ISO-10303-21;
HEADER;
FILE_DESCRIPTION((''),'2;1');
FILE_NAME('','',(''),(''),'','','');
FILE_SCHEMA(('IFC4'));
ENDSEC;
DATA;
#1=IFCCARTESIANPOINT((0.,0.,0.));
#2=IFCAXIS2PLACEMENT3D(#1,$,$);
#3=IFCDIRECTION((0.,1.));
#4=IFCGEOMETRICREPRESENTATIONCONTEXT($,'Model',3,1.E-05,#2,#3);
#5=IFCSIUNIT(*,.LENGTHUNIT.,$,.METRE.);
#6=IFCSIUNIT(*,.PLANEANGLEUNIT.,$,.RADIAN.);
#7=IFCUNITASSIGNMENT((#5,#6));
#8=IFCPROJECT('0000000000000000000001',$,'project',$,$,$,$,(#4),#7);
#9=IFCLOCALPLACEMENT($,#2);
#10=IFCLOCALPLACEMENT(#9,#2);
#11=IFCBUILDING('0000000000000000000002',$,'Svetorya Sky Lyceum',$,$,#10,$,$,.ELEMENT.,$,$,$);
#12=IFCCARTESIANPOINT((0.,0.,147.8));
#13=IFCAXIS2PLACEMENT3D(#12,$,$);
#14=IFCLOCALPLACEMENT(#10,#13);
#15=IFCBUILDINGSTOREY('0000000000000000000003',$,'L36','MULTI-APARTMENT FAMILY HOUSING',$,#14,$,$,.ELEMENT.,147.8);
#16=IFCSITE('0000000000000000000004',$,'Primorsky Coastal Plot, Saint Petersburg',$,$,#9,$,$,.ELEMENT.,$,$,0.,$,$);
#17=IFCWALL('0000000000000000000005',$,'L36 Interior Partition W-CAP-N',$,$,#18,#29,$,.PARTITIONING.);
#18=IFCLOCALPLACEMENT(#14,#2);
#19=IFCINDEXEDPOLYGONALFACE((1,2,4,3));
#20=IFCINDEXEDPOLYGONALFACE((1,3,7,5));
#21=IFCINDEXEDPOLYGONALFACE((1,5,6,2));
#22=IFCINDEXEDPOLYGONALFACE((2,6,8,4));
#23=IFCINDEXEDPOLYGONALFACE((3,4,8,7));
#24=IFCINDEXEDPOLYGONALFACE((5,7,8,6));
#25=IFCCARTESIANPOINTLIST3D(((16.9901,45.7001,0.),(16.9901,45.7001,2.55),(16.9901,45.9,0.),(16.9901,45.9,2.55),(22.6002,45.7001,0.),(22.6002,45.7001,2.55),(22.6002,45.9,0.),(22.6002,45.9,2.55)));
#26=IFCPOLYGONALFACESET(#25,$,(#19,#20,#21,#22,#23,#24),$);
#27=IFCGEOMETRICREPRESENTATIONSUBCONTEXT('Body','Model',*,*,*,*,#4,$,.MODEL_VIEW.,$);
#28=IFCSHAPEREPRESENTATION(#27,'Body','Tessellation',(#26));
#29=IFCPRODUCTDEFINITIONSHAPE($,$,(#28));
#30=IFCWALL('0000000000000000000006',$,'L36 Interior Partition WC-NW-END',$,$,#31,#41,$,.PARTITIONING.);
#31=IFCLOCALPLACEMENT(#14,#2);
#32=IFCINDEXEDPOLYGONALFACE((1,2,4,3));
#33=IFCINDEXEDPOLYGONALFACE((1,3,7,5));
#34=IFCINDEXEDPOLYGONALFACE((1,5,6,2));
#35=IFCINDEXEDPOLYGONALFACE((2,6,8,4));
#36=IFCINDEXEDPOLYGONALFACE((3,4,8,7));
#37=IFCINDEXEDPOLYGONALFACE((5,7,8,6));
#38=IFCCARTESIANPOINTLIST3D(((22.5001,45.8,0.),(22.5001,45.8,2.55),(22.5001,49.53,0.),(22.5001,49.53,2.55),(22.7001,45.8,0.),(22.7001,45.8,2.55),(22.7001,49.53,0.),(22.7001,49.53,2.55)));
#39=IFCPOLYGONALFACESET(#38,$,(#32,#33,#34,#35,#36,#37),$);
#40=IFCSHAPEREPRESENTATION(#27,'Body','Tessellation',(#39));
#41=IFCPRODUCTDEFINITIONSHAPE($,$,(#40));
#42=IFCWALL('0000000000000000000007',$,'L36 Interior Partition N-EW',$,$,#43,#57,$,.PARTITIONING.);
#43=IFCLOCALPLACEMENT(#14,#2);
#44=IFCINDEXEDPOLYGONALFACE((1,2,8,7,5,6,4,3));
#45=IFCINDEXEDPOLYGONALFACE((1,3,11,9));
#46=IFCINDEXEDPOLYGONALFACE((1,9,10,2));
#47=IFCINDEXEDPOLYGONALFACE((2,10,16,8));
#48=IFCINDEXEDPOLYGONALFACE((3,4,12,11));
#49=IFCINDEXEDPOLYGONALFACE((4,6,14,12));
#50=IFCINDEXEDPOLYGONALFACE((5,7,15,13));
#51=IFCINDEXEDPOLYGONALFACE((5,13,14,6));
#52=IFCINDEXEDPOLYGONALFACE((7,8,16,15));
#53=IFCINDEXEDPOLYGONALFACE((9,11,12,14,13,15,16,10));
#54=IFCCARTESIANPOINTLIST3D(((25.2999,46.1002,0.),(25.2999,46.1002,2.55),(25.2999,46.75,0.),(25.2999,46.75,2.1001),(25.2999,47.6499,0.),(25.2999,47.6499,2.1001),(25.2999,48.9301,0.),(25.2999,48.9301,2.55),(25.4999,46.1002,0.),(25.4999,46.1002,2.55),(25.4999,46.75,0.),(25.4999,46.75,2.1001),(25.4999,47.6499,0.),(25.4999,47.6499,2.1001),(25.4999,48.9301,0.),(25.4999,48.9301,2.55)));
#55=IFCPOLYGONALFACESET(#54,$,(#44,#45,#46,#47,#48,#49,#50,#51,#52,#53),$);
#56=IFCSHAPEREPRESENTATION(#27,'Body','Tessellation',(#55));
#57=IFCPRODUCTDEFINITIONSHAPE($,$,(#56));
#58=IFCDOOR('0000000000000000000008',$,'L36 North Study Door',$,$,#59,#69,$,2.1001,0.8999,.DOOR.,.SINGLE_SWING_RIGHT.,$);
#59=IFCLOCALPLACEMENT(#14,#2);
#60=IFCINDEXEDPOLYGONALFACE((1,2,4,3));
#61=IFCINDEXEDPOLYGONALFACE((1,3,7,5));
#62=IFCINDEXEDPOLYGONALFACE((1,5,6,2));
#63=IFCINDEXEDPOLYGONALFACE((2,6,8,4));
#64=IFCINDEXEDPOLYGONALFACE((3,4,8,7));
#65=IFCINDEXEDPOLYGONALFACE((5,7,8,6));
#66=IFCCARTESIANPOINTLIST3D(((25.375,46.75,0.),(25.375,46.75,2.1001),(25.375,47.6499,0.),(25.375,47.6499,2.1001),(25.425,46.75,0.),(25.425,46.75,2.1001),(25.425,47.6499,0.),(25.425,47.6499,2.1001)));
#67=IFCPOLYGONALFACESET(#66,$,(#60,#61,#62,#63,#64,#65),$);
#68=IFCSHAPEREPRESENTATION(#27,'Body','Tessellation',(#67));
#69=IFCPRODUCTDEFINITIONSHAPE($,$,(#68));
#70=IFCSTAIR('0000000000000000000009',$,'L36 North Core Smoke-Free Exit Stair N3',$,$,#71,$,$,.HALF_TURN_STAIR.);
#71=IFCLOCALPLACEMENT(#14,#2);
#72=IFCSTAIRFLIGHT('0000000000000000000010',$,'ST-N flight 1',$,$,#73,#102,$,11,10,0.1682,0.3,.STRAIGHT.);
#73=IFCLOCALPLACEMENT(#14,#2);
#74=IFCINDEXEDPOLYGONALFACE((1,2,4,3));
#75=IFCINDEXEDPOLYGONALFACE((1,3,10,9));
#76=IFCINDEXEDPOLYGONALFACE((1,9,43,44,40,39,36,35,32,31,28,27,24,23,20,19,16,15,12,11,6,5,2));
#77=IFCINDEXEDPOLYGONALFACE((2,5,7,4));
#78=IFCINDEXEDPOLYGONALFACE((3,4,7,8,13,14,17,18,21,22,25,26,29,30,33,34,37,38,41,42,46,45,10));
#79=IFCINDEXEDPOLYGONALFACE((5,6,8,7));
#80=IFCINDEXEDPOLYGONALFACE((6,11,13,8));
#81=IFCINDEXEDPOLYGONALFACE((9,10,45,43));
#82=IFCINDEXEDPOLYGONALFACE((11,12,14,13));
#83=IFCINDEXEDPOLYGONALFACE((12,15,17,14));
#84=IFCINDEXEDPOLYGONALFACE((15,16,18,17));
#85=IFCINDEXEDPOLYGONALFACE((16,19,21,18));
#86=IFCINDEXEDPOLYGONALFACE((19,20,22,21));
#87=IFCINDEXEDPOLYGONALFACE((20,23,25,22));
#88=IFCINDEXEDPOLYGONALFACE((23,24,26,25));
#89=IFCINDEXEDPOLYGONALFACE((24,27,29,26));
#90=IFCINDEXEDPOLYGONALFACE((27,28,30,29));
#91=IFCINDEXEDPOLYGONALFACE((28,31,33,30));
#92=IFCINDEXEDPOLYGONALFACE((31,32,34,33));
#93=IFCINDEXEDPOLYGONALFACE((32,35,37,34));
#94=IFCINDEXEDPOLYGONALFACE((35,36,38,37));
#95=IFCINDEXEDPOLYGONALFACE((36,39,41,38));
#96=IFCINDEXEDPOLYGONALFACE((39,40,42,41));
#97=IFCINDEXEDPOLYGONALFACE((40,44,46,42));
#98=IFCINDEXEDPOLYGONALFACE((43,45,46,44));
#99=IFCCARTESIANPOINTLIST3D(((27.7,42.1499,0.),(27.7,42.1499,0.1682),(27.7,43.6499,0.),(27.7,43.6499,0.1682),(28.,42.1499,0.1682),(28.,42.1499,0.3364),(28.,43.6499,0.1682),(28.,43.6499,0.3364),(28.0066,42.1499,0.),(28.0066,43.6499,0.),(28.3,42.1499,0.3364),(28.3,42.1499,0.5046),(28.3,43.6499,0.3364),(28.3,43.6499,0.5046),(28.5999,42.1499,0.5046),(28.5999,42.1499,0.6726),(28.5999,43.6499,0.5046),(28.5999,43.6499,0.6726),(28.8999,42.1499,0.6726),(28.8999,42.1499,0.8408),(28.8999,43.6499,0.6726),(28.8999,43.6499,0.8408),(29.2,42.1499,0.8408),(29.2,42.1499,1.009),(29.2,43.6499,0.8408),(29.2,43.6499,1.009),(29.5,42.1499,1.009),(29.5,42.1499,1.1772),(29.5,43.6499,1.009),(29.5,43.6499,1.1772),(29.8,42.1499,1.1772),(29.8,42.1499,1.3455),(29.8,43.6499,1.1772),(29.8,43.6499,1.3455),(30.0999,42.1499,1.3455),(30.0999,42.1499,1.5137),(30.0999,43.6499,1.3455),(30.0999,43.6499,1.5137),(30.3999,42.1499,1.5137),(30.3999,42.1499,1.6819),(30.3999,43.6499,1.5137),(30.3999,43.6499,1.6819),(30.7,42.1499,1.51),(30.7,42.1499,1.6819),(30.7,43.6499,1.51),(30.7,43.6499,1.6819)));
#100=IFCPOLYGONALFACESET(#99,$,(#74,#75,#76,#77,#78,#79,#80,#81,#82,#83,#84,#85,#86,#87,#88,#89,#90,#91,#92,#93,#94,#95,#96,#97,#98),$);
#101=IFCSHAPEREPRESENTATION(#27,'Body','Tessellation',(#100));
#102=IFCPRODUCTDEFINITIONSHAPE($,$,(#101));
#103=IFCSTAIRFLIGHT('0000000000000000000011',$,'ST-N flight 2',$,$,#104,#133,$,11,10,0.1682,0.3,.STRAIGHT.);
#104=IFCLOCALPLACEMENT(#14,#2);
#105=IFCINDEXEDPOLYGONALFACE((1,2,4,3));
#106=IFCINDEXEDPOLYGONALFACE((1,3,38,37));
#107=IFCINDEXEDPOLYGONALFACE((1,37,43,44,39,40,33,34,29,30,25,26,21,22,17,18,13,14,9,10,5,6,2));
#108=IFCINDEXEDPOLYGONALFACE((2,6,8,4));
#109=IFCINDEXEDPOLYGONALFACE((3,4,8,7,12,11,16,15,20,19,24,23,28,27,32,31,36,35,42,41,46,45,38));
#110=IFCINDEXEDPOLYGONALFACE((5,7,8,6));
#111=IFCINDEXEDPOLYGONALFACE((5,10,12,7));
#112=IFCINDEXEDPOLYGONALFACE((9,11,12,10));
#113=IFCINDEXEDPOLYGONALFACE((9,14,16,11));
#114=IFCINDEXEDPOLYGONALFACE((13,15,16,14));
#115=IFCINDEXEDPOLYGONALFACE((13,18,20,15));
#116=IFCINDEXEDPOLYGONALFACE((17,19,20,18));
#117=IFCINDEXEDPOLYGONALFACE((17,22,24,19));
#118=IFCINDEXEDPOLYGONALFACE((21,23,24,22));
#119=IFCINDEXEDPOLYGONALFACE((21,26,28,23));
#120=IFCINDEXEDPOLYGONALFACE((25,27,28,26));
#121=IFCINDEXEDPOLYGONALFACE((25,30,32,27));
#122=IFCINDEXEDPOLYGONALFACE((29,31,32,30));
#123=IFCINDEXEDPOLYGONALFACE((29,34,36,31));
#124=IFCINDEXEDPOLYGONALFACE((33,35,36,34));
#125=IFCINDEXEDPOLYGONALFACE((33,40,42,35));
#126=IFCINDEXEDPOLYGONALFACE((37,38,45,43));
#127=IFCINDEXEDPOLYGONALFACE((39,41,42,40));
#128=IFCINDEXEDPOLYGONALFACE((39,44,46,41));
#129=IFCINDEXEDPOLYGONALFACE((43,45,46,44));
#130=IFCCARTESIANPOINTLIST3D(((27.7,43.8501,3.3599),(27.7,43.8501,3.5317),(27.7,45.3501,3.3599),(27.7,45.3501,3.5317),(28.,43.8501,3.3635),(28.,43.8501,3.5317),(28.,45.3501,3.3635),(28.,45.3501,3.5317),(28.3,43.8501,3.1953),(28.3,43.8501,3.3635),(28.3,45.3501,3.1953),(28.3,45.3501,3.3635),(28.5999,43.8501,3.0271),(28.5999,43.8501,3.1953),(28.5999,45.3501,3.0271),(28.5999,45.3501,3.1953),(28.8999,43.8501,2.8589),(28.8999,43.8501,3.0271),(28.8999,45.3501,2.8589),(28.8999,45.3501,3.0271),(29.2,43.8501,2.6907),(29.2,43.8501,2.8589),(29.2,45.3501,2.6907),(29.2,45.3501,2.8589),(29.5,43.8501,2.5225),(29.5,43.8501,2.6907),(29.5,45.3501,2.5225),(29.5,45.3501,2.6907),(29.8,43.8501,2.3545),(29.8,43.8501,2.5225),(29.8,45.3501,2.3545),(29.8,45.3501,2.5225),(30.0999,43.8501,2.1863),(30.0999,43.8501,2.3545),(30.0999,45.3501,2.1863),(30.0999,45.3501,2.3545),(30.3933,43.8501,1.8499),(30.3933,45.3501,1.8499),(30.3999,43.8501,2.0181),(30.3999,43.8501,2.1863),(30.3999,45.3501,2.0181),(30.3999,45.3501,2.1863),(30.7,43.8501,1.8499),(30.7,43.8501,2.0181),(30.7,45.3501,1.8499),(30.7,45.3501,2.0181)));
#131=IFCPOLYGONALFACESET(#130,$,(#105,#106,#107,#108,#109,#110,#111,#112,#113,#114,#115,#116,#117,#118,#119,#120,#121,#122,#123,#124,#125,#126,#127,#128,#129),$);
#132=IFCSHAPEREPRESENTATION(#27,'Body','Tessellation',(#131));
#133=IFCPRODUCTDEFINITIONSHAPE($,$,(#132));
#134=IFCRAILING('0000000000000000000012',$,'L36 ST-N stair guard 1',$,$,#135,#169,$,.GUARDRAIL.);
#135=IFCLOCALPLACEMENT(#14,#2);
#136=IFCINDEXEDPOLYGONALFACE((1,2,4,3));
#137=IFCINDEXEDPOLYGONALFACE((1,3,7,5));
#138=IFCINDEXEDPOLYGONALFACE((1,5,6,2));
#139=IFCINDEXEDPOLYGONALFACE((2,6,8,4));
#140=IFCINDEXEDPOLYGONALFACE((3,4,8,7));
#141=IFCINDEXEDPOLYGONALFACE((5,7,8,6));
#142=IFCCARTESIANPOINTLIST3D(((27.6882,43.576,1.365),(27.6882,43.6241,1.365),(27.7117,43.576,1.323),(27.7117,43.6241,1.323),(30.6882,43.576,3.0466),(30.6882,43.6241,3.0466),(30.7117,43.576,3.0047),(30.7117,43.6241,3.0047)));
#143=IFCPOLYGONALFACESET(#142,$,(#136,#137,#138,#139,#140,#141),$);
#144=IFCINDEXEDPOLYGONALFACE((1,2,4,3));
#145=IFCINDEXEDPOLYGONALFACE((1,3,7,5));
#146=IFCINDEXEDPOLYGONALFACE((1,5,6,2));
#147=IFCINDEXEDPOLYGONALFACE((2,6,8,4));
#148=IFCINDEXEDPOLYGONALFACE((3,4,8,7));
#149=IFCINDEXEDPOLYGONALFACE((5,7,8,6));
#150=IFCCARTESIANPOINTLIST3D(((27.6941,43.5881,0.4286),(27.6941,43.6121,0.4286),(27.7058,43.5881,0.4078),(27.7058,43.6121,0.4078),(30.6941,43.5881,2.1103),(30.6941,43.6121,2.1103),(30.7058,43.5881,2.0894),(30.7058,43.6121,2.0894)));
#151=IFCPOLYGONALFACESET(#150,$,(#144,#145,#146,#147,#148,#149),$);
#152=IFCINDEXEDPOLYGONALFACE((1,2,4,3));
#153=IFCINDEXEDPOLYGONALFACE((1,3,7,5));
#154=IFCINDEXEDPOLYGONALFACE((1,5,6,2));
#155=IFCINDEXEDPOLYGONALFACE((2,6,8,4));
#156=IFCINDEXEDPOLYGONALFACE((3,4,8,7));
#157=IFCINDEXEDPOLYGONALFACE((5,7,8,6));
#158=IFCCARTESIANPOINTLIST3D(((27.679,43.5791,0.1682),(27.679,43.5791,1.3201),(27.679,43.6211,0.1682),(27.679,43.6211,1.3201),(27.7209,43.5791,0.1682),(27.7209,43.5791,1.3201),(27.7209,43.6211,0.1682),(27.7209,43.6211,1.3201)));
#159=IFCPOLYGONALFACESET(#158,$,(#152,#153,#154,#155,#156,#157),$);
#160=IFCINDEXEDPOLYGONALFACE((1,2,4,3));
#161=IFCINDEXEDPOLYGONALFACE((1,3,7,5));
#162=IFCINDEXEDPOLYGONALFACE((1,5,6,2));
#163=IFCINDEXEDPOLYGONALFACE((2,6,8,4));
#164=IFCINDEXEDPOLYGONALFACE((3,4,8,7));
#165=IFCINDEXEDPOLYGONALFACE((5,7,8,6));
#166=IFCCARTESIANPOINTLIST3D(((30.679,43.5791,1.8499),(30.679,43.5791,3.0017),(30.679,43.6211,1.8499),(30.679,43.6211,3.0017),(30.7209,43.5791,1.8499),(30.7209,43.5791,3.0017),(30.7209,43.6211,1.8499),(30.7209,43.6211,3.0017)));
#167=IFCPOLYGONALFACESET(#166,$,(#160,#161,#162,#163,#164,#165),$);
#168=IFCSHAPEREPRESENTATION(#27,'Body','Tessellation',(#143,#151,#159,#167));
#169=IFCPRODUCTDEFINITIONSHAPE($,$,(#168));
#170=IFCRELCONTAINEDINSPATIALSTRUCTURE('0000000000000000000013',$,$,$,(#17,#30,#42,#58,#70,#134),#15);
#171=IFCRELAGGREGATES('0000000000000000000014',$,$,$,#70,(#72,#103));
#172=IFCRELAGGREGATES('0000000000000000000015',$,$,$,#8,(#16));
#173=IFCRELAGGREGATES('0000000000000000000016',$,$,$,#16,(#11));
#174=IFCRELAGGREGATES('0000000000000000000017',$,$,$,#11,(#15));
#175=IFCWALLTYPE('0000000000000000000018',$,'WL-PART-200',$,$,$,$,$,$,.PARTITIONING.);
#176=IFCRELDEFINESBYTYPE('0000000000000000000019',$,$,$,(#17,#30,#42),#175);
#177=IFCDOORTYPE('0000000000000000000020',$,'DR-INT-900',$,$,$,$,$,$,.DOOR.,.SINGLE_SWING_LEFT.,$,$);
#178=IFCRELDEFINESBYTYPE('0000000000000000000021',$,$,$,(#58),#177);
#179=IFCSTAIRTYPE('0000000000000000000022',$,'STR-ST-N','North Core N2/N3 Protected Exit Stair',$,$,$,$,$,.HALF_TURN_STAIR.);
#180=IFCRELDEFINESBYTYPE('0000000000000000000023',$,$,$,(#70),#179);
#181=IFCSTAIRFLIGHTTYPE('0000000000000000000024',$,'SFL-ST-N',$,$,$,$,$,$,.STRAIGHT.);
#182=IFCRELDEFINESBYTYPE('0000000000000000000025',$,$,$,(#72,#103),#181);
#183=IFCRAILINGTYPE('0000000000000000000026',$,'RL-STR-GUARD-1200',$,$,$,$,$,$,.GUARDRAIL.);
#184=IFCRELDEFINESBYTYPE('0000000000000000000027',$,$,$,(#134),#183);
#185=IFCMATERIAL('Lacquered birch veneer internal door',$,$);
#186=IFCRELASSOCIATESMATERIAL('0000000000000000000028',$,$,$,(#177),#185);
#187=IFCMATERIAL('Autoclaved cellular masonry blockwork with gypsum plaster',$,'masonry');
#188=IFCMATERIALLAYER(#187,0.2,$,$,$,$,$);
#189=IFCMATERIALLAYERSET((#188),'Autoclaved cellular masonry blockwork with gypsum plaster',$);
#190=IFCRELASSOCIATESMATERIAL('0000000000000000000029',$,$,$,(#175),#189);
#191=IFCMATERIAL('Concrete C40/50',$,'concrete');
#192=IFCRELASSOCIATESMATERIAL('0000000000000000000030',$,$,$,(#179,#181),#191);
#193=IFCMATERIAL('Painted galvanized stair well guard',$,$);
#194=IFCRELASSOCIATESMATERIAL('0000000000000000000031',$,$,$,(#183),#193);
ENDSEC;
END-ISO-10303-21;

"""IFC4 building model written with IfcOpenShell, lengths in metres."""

from ifc_helpers import new_model, si_unit, direction, frame, frame_2d, origin, origin_2d, place, context, subcontext, project, spatial, polyline, rectangle, outline, extrude, material, layer, layer_set, type_object, element, fill, aggregate, save


model = new_model("IFC4")

# Units and contexts
model_context = context("Model", 3, precision=1e-05, world=origin(), true_north=direction((0.0, 1.0)))
body_context = subcontext(model_context, "Body", "Model", "MODEL_VIEW")
ifc_project = project(units=[si_unit("LENGTHUNIT", "METRE"), si_unit("PLANEANGLEUNIT", "RADIAN")], contexts=[model_context])

# Site, building, storey
site_placement = place(None, origin())
site = spatial("IfcSite", under=ifc_project, at=site_placement, Name="Primorsky Coastal Plot, Saint Petersburg", CompositionType="ELEMENT", RefElevation=0.0)
building_placement = place(site_placement, origin())
building = spatial("IfcBuilding", under=site, at=building_placement, Name="Svetorya Sky Lyceum", CompositionType="ELEMENT")
storey_placement = place(building_placement, frame((0.0, 0.0, 147.8)))
storey = spatial("IfcBuildingStorey", under=building, at=storey_placement, Name="L36", Description="MULTI-APARTMENT FAMILY HOUSING", CompositionType="ELEMENT", Elevation=147.8)

# Shared definitions
ifc_material_1 = material(Name="Concrete C40/50", Category="concrete")

# Shared definitions
ifc_material_2 = material(Name="Lacquered birch veneer internal door")
door_type = type_object("IfcDoorType", Name="DR-INT-900", OperationType="SINGLE_SWING_LEFT", PredefinedType="DOOR", material=ifc_material_2)

# Walls
ifc_material_3 = material(Name="Autoclaved cellular masonry blockwork with gypsum plaster", Category="masonry")
ifc_layer_1 = layer(ifc_material_3, 0.2)
ifc_layer_set_1 = layer_set([ifc_layer_1], Name="Autoclaved cellular masonry blockwork with gypsum plaster")
wall_type_1 = type_object("IfcWallType", Name="WL-PART-200", PredefinedType="PARTITIONING", material=ifc_layer_set_1)
wall_1_placement = place(storey_placement, frame((16.99, 45.8, 0.0), z_axis=(0.0, 0.0, 1.0), x_axis=(1.0, 0.0, 0.0)))
element("IfcWall", 1, at=wall_1_placement, inside=storey, type_object=wall_type_1, Name="L36 Interior Partition W-CAP-N", PredefinedType="PARTITIONING", context=body_context, shape_type="SweptSolid", body=[
    extrude(rectangle(XDim=5.6101, YDim=0.2, at=frame_2d((2.8052, 0.0))), origin(), (0.0, 0.0, 1.0), 2.55),
])
wall_2_placement = place(storey_placement, frame((22.6001, 45.8, 0.0), z_axis=(0.0, 0.0, 1.0), x_axis=(0.0, 1.0, 0.0)))
element("IfcWall", 2, at=wall_2_placement, inside=storey, type_object=wall_type_1, Name="L36 Interior Partition WC-NW-END", PredefinedType="PARTITIONING", context=body_context, shape_type="SweptSolid", body=[
    extrude(rectangle(XDim=3.73, YDim=0.2, at=frame_2d((1.865, 0.0))), origin(), (0.0, 0.0, 1.0), 2.55),
])

# Wall, opening, door
wall_3_placement = place(storey_placement, frame((25.3999, 46.1001, 0.0), z_axis=(0.0, 0.0, 1.0), x_axis=(0.0, 1.0, 0.0)))
wall_3 = element("IfcWall", 3, at=wall_3_placement, inside=storey, type_object=wall_type_1, Name="L36 Interior Partition N-EW", PredefinedType="PARTITIONING", context=body_context, shape_type="SweptSolid", body=[
    extrude(rectangle(XDim=2.8298, YDim=0.2, at=frame_2d((1.415, 0.0))), origin(), (0.0, 0.0, 1.0), 2.55),
])
opening_1_placement = place(wall_3_placement, frame((0.6499, 0.0, 0.0)))
opening_1 = element("IfcOpeningElement", 4, at=opening_1_placement, cuts=wall_3, PredefinedType="OPENING", context=body_context, shape_type="SweptSolid", body=[
    extrude(rectangle(XDim=0.8999, YDim=2.1001, at=frame_2d((0.45, 1.05))), frame((0.0, 0.1099, 0.0), z_axis=(0.0, -1.0, 0.0), x_axis=(1.0, 0.0, 0.0)), (0.0, 0.0, 1.0), 0.22),
])
door_1_placement = place(opening_1_placement, origin())
door_1 = element("IfcDoor", 5, at=door_1_placement, inside=storey, type_object=door_type, Name="L36 North Study Door", OperationType="SINGLE_SWING_RIGHT", OverallHeight=2.1001, OverallWidth=0.8999, PredefinedType="DOOR", context=body_context, shape_type="SweptSolid", body=[
    extrude(rectangle(XDim=0.8999, YDim=2.1001, at=frame_2d((0.45, 1.05))), frame((0.0, 0.0249, 0.0), z_axis=(0.0, -1.0, 0.0), x_axis=(1.0, 0.0, 0.0)), (0.0, 0.0, 1.0), 0.05),
])
fill(opening_1, door_1)

# Stair, stair flights
stair_type = type_object("IfcStairType", Name="STR-ST-N", Description="North Core N2/N3 Protected Exit Stair", PredefinedType="HALF_TURN_STAIR", material=ifc_material_1)
stair_placement = place(storey_placement, origin())
stair = element("IfcStair", 6, at=stair_placement, inside=storey, type_object=stair_type, Name="L36 North Core Smoke-Free Exit Stair N3", PredefinedType="HALF_TURN_STAIR")
stair_flight_type = type_object("IfcStairFlightType", Name="SFL-ST-N", PredefinedType="STRAIGHT", material=ifc_material_1)
stair_flight_1_placement = place(storey_placement, frame((27.7, 42.8999, 0.0), z_axis=(0.0, 0.0, 1.0), x_axis=(1.0, 0.0, 0.0)))
stair_flight_1 = element("IfcStairFlight", 7, at=stair_flight_1_placement, type_object=stair_flight_type, Name="ST-N flight 1", NumberOfRisers=11, NumberOfTreads=10, PredefinedType="STRAIGHT", RiserHeight=0.1682, TreadLength=0.3, context=body_context, shape_type="SweptSolid", body=[
    extrude(outline(polyline([(0.0, 0.0), (0.0, 0.1682), (0.3, 0.1682), (0.3, 0.3364), (0.6001, 0.3364), (0.6001, 0.5046), (0.8999, 0.5046), (0.8999, 0.6726), (1.2, 0.6726), (1.2, 0.8408), (1.5, 0.8408), (1.5, 1.009), (1.8, 1.009), (1.8, 1.1772), (2.1001, 1.1772), (2.1001, 1.3455), (2.3999, 1.3455), (2.3999, 1.5137), (2.7, 1.5137), (2.7, 1.6819), (3.0, 1.6819), (3.0, 1.8501), (3.0, 1.51), (0.3066, 0.0), (0.0, 0.0)])), frame((0.0, 0.75, 0.0), z_axis=(0.0, -1.0, 0.0), x_axis=(1.0, 0.0, 0.0)), (0.0, 0.0, 1.0), 1.5),
])
stair_flight_2_placement = place(storey_placement, frame((30.7, 44.6001, 1.8499), z_axis=(0.0, 0.0, 1.0), x_axis=(-1.0, 0.0, 0.0)))
stair_flight_2 = element("IfcStairFlight", 8, at=stair_flight_2_placement, type_object=stair_flight_type, Name="ST-N flight 2", NumberOfRisers=11, NumberOfTreads=10, PredefinedType="STRAIGHT", RiserHeight=0.1682, TreadLength=0.3, context=body_context, shape_type="SweptSolid", body=[
    extrude(outline(polyline([(0.0, 0.0), (0.0, 0.1682), (0.3, 0.1682), (0.3, 0.3364), (0.6001, 0.3364), (0.6001, 0.5046), (0.8999, 0.5046), (0.8999, 0.6726), (1.2, 0.6726), (1.2, 0.8408), (1.5, 0.8408), (1.5, 1.009), (1.8, 1.009), (1.8, 1.1772), (2.1001, 1.1772), (2.1001, 1.3455), (2.3999, 1.3455), (2.3999, 1.5137), (2.7, 1.5137), (2.7, 1.6819), (3.0, 1.6819), (3.0, 1.8501), (3.0, 1.51), (0.3066, 0.0), (0.0, 0.0)])), frame((0.0, 0.75, 0.0), z_axis=(0.0, -1.0, 0.0), x_axis=(1.0, 0.0, 0.0)), (0.0, 0.0, 1.0), 1.5),
])
aggregate(stair, [stair_flight_1, stair_flight_2])

# Railing
ifc_material_4 = material(Name="Painted galvanized stair well guard")
railing_type_1 = type_object("IfcRailingType", Name="RL-STR-GUARD-1200", PredefinedType="GUARDRAIL", material=ifc_material_4)
railing_1_placement = place(storey_placement, frame((27.7, 43.6001, 0.1682)))
element("IfcRailing", 9, at=railing_1_placement, inside=storey, type_object=railing_type_1, Name="L36 ST-N stair guard 1", PredefinedType="GUARDRAIL", context=body_context, shape_type="SweptSolid", body=[
    extrude(rectangle(XDim=0.0481, YDim=0.0481, at=origin_2d()), frame((0.0, 0.0, 1.1758), z_axis=(0.872303, 0.0, 0.488966), x_axis=(0.0, 1.0, 0.0)), (0.0, 0.0, 1.0), 3.4392),
    extrude(rectangle(XDim=0.0239, YDim=0.0239, at=origin_2d()), frame((0.0, 0.0, 0.25), z_axis=(0.872303, 0.0, 0.488966), x_axis=(0.0, 1.0, 0.0)), (0.0, 0.0, 1.0), 3.4392),
    extrude(rectangle(XDim=0.042, YDim=0.042, at=origin_2d()), origin(), (0.0, 0.0, 1.0), 1.1519),
    extrude(rectangle(XDim=0.042, YDim=0.042, at=origin_2d()), frame((3.0, 0.0, 1.6816)), (0.0, 0.0, 1.0), 1.1519),
])

save(model, "model.ifc")
